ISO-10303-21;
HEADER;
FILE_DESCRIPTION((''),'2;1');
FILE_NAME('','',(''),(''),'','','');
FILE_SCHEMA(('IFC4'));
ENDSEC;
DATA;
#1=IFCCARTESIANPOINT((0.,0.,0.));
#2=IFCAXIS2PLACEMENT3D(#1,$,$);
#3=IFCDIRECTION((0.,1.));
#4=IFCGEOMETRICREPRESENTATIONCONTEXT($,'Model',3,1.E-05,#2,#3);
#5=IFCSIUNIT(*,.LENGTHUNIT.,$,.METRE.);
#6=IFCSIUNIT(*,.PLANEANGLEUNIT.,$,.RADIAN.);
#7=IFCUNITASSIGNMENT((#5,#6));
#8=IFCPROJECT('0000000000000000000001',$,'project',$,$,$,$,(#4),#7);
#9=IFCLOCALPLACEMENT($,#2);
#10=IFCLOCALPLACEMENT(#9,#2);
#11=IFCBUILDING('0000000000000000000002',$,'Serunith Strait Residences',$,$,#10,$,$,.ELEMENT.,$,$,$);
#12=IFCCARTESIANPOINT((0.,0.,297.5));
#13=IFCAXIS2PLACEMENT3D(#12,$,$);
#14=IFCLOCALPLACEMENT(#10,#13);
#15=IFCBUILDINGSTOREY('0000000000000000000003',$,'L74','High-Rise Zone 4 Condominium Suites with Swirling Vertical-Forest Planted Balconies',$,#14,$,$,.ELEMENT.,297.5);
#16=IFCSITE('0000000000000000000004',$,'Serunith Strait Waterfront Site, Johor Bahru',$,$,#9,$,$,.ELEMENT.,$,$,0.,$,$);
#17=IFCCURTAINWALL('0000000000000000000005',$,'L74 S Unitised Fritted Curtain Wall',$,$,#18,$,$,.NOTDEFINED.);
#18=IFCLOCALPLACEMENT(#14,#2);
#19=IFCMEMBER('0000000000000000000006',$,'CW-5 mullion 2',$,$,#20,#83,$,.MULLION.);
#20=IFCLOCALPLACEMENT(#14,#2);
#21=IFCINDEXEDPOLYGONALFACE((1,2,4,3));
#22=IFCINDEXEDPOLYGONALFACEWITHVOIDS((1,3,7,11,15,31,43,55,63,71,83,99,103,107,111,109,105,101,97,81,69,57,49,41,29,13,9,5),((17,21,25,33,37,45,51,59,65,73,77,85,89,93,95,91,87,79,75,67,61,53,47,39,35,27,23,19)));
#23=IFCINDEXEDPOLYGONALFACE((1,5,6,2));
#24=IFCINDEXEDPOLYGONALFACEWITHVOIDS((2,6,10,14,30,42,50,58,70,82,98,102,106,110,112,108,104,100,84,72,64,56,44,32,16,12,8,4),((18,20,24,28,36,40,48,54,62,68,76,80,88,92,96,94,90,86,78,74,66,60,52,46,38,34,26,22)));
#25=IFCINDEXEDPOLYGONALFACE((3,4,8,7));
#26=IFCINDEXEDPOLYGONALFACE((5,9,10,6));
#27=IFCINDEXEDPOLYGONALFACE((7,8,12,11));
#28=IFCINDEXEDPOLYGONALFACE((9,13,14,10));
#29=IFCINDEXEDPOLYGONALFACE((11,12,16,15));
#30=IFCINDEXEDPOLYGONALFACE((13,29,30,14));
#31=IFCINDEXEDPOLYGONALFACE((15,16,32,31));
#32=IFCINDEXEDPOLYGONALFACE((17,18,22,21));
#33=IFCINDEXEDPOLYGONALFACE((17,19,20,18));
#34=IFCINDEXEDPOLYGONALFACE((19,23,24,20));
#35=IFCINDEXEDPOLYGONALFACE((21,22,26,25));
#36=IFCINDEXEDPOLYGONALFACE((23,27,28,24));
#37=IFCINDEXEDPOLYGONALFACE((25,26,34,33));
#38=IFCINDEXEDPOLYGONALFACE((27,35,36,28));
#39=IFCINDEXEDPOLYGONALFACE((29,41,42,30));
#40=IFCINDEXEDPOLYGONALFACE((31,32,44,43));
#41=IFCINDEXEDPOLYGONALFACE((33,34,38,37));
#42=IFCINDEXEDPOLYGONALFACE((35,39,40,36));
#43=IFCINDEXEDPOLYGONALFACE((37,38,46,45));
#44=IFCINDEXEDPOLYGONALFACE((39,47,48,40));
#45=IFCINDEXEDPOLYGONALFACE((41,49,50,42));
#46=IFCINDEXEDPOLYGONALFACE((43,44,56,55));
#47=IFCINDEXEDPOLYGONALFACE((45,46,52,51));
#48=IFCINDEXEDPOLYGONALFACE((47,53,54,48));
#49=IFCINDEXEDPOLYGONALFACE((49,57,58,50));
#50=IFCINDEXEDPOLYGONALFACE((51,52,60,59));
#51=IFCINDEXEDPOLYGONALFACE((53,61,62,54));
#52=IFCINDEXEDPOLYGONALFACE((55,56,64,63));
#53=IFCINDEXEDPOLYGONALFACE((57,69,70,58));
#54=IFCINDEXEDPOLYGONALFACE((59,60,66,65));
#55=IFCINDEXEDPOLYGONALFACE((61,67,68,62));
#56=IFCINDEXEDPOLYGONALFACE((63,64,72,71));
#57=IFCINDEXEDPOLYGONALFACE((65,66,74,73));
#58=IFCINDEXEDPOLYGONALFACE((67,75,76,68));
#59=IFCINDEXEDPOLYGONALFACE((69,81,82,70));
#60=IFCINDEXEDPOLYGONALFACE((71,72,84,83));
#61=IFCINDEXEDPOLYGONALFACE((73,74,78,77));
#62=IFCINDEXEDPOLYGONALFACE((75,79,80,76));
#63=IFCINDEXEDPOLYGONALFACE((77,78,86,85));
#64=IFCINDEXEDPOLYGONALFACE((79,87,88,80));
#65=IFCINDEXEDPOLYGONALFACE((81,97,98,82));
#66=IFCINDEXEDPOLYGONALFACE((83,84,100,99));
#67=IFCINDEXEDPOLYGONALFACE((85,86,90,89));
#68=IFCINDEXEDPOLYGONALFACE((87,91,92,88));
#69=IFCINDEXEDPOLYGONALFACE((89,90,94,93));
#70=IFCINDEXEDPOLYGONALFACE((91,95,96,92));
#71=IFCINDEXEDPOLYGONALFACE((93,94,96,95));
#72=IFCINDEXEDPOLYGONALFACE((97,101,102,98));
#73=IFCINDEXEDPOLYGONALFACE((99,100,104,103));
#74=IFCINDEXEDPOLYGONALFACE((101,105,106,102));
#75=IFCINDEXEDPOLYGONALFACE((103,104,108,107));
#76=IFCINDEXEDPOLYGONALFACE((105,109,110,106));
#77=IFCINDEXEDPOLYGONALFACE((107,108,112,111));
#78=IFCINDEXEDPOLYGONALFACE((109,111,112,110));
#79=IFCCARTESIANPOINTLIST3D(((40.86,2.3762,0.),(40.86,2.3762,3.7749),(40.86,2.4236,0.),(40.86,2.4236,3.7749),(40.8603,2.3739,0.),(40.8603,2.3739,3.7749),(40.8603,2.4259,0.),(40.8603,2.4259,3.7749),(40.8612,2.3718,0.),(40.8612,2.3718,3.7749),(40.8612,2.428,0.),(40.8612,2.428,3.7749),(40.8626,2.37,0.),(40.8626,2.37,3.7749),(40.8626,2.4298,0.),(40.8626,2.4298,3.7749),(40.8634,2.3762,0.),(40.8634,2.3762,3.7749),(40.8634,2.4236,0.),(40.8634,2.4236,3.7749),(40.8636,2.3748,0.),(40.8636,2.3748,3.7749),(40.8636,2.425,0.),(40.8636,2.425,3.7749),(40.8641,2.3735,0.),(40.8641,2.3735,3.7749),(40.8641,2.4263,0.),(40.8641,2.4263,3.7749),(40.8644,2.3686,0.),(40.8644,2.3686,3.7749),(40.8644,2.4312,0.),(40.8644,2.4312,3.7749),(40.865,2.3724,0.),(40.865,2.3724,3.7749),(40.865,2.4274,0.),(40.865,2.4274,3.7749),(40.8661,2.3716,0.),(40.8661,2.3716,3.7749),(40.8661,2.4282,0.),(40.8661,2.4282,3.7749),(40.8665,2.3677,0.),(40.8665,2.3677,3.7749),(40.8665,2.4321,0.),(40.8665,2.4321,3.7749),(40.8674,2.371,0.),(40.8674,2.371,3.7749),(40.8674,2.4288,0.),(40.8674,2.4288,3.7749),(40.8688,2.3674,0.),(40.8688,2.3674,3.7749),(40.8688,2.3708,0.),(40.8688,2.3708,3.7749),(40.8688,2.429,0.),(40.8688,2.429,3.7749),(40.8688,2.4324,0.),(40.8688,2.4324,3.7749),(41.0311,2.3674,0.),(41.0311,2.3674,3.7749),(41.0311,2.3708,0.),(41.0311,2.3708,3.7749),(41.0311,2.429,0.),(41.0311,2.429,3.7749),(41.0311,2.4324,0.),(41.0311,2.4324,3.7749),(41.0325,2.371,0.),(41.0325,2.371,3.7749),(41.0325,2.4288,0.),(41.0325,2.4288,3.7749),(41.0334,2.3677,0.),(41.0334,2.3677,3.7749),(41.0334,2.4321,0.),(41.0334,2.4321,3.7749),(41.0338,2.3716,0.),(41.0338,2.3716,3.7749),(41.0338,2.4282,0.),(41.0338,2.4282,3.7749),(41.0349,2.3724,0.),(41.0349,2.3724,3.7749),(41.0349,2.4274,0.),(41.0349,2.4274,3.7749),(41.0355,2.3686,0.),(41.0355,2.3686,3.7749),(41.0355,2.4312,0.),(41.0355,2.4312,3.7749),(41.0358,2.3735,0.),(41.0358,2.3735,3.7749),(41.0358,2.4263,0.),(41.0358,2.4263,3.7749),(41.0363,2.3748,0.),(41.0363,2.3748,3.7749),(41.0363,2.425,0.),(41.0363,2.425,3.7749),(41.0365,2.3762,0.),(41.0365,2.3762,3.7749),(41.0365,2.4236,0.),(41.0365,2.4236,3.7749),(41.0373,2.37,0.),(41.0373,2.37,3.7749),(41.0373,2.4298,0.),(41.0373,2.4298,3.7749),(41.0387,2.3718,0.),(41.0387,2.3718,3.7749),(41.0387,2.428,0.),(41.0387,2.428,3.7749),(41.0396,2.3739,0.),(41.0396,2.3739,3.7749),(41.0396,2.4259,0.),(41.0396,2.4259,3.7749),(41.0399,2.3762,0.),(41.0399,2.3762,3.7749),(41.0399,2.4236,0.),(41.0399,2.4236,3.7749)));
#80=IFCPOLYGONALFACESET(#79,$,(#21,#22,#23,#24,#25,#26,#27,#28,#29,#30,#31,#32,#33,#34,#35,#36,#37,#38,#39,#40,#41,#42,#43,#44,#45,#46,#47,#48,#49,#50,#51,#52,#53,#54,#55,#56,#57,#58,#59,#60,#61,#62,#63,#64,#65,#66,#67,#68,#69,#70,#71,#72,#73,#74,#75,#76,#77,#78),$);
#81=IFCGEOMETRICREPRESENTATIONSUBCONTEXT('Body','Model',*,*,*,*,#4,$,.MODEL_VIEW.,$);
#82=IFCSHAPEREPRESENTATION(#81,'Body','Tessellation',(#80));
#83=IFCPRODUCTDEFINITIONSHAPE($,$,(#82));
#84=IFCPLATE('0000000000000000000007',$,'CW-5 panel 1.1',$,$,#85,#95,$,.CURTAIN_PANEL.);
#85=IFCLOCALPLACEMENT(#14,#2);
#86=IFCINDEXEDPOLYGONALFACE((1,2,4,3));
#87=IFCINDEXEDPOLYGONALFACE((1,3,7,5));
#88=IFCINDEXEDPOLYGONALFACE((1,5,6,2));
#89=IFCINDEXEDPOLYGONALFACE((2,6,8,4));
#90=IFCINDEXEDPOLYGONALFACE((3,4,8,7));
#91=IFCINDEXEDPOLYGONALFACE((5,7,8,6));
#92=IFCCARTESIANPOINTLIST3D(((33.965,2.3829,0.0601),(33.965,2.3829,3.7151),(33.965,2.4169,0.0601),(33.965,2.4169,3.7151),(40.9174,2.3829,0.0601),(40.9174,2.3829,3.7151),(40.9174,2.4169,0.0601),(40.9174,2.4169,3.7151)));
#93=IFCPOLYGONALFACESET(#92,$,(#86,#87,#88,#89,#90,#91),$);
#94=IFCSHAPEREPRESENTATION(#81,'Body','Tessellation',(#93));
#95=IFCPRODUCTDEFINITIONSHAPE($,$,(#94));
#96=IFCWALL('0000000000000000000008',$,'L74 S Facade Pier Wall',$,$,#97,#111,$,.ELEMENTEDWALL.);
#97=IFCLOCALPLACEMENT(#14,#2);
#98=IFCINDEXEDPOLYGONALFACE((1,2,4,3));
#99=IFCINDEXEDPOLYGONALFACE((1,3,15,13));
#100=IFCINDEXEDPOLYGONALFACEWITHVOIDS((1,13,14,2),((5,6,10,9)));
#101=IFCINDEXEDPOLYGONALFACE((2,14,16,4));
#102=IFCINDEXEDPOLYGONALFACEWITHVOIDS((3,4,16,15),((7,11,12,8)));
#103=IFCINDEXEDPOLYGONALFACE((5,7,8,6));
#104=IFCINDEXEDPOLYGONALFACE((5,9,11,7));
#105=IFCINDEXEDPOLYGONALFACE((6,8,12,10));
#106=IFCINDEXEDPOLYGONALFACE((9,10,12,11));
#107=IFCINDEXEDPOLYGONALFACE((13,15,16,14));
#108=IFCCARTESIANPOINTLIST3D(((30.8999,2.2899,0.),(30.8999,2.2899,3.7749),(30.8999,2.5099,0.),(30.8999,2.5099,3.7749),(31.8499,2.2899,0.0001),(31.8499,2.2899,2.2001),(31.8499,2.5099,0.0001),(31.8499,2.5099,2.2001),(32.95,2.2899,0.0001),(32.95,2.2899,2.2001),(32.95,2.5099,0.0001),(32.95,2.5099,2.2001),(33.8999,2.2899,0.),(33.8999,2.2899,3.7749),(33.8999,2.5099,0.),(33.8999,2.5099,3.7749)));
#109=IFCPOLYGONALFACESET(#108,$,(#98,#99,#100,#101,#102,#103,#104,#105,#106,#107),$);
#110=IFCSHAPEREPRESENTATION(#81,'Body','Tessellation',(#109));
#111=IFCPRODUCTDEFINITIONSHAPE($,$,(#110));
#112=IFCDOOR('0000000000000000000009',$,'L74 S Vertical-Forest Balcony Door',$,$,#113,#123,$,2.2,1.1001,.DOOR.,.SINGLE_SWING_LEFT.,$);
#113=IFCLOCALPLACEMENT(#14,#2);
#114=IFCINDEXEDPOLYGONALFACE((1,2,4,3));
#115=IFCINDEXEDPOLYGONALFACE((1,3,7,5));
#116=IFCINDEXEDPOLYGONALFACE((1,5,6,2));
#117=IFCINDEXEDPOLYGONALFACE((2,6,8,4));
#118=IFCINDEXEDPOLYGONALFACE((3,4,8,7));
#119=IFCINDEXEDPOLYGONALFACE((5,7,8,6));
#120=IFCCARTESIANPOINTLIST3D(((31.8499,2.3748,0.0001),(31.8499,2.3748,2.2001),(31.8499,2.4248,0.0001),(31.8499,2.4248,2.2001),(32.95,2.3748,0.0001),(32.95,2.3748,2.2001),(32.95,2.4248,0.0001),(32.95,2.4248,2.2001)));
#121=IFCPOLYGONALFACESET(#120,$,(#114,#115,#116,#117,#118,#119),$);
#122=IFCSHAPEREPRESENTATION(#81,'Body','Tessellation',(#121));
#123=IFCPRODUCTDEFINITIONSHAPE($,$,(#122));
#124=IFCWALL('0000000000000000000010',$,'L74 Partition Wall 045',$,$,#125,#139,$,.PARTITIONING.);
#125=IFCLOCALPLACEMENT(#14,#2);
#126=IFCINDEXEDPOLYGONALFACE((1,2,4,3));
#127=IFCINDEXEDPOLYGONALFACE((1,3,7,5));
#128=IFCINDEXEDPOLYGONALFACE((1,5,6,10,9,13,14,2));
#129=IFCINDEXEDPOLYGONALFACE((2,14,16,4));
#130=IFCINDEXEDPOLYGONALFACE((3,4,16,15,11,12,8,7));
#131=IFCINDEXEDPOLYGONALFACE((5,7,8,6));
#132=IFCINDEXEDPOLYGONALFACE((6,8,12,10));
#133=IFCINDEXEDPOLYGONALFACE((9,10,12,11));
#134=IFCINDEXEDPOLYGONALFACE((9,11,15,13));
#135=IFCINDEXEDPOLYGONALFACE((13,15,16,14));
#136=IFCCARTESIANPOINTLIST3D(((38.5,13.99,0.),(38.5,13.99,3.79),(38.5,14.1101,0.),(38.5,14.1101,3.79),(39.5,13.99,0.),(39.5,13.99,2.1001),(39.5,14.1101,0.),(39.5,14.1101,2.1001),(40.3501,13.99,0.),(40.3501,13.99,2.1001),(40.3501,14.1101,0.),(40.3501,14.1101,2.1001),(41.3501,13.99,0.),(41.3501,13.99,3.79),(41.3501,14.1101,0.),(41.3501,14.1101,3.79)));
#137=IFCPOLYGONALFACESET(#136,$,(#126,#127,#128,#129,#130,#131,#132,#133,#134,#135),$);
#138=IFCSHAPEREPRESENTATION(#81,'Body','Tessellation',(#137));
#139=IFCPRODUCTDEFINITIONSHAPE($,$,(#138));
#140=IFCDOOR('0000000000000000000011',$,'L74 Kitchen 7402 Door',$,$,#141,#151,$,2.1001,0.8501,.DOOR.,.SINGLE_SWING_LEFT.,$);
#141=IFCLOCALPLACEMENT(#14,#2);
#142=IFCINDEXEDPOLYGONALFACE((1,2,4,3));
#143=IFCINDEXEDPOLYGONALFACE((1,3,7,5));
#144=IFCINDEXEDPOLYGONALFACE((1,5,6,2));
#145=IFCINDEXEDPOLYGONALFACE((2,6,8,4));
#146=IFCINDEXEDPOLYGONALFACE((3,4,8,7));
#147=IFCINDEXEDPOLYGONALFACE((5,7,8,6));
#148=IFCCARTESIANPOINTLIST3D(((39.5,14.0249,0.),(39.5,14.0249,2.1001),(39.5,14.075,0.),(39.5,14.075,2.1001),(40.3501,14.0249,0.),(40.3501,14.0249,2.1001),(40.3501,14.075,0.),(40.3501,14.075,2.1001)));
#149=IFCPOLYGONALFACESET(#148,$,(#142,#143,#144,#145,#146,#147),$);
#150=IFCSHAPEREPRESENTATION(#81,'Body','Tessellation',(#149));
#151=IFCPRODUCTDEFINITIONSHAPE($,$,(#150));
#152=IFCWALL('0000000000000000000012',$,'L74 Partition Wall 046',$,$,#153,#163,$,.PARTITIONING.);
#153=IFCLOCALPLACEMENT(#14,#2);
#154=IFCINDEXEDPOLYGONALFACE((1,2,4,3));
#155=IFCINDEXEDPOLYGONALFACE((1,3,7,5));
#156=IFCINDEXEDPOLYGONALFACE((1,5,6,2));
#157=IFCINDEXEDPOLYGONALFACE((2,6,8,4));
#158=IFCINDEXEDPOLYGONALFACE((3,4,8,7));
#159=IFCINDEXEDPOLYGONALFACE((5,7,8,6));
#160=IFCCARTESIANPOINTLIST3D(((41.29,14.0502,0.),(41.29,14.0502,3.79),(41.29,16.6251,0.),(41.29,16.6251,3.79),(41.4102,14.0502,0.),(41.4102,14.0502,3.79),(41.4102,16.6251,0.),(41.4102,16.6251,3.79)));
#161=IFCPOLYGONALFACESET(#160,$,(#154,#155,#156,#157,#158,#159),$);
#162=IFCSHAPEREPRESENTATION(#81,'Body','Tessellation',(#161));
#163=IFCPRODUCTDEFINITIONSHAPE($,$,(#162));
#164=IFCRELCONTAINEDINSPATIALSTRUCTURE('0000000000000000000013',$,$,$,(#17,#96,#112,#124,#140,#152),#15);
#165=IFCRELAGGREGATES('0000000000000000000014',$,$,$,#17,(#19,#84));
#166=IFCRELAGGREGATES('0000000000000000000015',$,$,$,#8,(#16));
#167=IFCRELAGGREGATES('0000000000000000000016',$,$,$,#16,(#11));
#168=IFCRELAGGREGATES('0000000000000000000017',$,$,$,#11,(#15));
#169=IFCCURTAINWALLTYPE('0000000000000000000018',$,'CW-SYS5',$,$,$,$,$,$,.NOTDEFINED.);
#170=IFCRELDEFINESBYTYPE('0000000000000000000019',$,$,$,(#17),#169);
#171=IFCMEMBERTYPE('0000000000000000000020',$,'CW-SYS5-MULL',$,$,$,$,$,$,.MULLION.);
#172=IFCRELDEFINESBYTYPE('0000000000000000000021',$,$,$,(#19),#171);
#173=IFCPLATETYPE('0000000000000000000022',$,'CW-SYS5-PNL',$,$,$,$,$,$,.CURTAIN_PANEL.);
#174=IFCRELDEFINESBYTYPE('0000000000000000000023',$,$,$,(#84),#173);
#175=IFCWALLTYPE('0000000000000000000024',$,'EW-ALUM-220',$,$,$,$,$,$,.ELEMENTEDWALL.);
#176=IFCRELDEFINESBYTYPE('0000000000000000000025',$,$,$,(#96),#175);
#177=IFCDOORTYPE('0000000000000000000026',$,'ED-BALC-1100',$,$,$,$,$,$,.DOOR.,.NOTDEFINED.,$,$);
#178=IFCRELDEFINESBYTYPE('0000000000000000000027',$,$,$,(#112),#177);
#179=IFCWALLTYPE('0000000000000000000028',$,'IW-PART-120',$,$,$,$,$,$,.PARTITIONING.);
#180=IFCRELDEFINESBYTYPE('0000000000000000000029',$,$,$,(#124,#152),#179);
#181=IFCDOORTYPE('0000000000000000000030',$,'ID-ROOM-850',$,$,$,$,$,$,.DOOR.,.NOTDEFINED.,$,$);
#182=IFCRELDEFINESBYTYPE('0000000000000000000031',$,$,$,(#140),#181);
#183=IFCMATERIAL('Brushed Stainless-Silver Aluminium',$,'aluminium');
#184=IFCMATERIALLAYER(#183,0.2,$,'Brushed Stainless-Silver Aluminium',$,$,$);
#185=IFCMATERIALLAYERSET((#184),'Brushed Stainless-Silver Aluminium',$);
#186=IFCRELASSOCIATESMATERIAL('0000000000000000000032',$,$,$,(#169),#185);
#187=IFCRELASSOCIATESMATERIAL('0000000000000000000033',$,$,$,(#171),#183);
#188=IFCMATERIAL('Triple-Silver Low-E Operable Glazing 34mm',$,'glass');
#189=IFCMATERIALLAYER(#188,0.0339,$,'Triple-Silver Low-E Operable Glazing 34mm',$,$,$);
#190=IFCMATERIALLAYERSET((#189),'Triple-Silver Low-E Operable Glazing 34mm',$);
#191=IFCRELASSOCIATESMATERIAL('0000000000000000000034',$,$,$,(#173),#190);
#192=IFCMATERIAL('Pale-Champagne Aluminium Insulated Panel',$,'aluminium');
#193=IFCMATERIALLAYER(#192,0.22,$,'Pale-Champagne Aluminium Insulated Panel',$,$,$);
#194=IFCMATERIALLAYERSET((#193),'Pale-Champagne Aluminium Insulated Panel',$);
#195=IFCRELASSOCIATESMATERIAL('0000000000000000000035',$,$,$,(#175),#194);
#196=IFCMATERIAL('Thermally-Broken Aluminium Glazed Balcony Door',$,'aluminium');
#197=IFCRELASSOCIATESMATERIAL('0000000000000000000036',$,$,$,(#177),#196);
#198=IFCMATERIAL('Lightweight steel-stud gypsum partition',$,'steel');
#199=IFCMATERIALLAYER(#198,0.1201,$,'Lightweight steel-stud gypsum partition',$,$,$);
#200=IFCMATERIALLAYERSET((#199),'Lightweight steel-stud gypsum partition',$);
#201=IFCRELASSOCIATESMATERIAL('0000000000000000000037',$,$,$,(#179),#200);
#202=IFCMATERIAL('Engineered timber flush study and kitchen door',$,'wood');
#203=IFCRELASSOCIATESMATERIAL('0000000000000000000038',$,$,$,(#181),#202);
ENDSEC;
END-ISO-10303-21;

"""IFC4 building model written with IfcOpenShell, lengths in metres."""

from ifc_helpers import new_model, si_unit, direction, frame, frame_2d, origin, origin_2d, place, context, subcontext, project, spatial, rectangle, hollow_rectangle, extrude, source, transform, mapped, material, layer, layer_set, material_profile, profile_set, type_object, element, fill, aggregate, save


model = new_model("IFC4")

# Units and contexts
model_context = context("Model", 3, precision=1e-05, world=origin(), true_north=direction((0.0, 1.0)))
body_context = subcontext(model_context, "Body", "Model", "MODEL_VIEW")
ifc_project = project(units=[si_unit("LENGTHUNIT", "METRE"), si_unit("PLANEANGLEUNIT", "RADIAN")], contexts=[model_context])

# Site, building, storey
site_placement = place(None, origin())
site = spatial("IfcSite", under=ifc_project, at=site_placement, Name="Serunith Strait Waterfront Site, Johor Bahru", CompositionType="ELEMENT", RefElevation=0.0)
building_placement = place(site_placement, origin())
building = spatial("IfcBuilding", under=site, at=building_placement, Name="Serunith Strait Residences", CompositionType="ELEMENT")
storey_placement = place(building_placement, frame((0.0, 0.0, 297.5)))
storey = spatial("IfcBuildingStorey", under=building, at=storey_placement, Name="L74", Description="High-Rise Zone 4 Condominium Suites with Swirling Vertical-Forest Planted Balconies", CompositionType="ELEMENT", Elevation=297.5)

# Curtain wall
ifc_material_1 = material(Name="Brushed Stainless-Silver Aluminium", Category="aluminium")
ifc_layer_1 = layer(ifc_material_1, 0.2, Name="Brushed Stainless-Silver Aluminium")
ifc_layer_set_1 = layer_set([ifc_layer_1], Name="Brushed Stainless-Silver Aluminium")
curtain_wall_type = type_object("IfcCurtainWallType", Name="CW-SYS5", PredefinedType="NOTDEFINED", material=ifc_layer_set_1)
curtain_wall_1_placement = place(storey_placement, origin())
curtain_wall_1 = element("IfcCurtainWall", 1, at=curtain_wall_1_placement, inside=storey, type_object=curtain_wall_type, Name="L74 S Unitised Fritted Curtain Wall", PredefinedType="NOTDEFINED")

# Shared definitions
ifc_material_profile_1 = material_profile(ifc_material_1, hollow_rectangle(XDim=0.0649, YDim=0.1799, WallThickness=0.0034, InnerFilletRadius=0.0054, OuterFilletRadius=0.0088, at=origin_2d()), Name="ALU 180x65x3.5")
ifc_profile_set_1 = profile_set([ifc_material_profile_1], Name="Brushed Stainless-Silver Aluminium")
member_type_1 = type_object("IfcMemberType", Name="CW-SYS5-MULL", PredefinedType="MULLION", material=ifc_profile_set_1)
shared_shape_1 = source(origin(), body_context, "Body", "SweptSolid", [
    extrude(hollow_rectangle(XDim=0.0649, YDim=0.1799, WallThickness=0.0034, InnerFilletRadius=0.0054, OuterFilletRadius=0.0088, at=origin_2d()), origin(), (0.0, 0.0, 1.0), 3.7749),
])

# Member
member_1_placement = place(storey_placement, frame((40.95, 2.3999, 0.0), z_axis=(0.0, 0.0, 1.0), x_axis=(0.0, 1.0, 0.0)))
member_1 = element("IfcMember", 2, at=member_1_placement, type_object=member_type_1, Name="CW-5 mullion 2", PredefinedType="MULLION", context=body_context, shape_type="MappedRepresentation", body=[
    mapped(shared_shape_1, transform((0.0, 0.0, 0.0), scale=1.0)),
])

# Plate
ifc_material_2 = material(Name="Triple-Silver Low-E Operable Glazing 34mm", Category="glass")
ifc_layer_2 = layer(ifc_material_2, 0.0339, Name="Triple-Silver Low-E Operable Glazing 34mm")
ifc_layer_set_2 = layer_set([ifc_layer_2], Name="Triple-Silver Low-E Operable Glazing 34mm")
plate_type = type_object("IfcPlateType", Name="CW-SYS5-PNL", PredefinedType="CURTAIN_PANEL", material=ifc_layer_set_2)
shared_shape_2 = source(origin(), body_context, "Body", "SweptSolid", [
    extrude(rectangle(XDim=6.9524, YDim=0.0339, at=origin_2d()), origin(), (0.0, 0.0, 1.0), 3.655),
])
plate_placement = place(storey_placement, frame((37.4412, 2.3999, 0.0601), z_axis=(0.0, 0.0, 1.0), x_axis=(1.0, 0.0, 0.0)))
plate = element("IfcPlate", 3, at=plate_placement, type_object=plate_type, Name="CW-5 panel 1.1", PredefinedType="CURTAIN_PANEL", context=body_context, shape_type="MappedRepresentation", body=[
    mapped(shared_shape_2, transform((0.0, 0.0, 0.0), scale=1.0)),
])
aggregate(curtain_wall_1, [member_1, plate])

# Walls, openings, doors
ifc_material_3 = material(Name="Pale-Champagne Aluminium Insulated Panel", Category="aluminium")
ifc_layer_3 = layer(ifc_material_3, 0.22, Name="Pale-Champagne Aluminium Insulated Panel")
ifc_layer_set_3 = layer_set([ifc_layer_3], Name="Pale-Champagne Aluminium Insulated Panel")
wall_type_1 = type_object("IfcWallType", Name="EW-ALUM-220", PredefinedType="ELEMENTEDWALL", material=ifc_layer_set_3)
wall_1_placement = place(storey_placement, frame((30.8999, 2.3999, 0.0), z_axis=(0.0, 0.0, 1.0), x_axis=(1.0, 0.0, 0.0)))
wall_1 = element("IfcWall", 4, at=wall_1_placement, inside=storey, type_object=wall_type_1, Name="L74 S Facade Pier Wall", PredefinedType="ELEMENTEDWALL", context=body_context, shape_type="SweptSolid", body=[
    extrude(rectangle(XDim=3.0, YDim=0.22, at=frame_2d((1.5, 0.0))), origin(), (0.0, 0.0, 1.0), 3.7749),
])
opening_1_placement = place(wall_1_placement, frame((0.95, 0.0, 0.0)))
opening_1 = element("IfcOpeningElement", 5, at=opening_1_placement, cuts=wall_1, PredefinedType="OPENING", context=body_context, shape_type="SweptSolid", body=[
    extrude(rectangle(XDim=1.1001, YDim=2.2, at=frame_2d((0.55, 1.1001))), frame((0.0, 0.1201, 0.0), z_axis=(0.0, -1.0, 0.0), x_axis=(1.0, 0.0, 0.0)), (0.0, 0.0, 1.0), 0.24),
])
ifc_material_4 = material(Name="Thermally-Broken Aluminium Glazed Balcony Door", Category="aluminium")
door_type_1 = type_object("IfcDoorType", Name="ED-BALC-1100", OperationType="NOTDEFINED", PredefinedType="DOOR", material=ifc_material_4)
shared_shape_3 = source(origin(), body_context, "Body", "SweptSolid", [
    extrude(rectangle(XDim=1.1001, YDim=2.2, at=frame_2d((0.55, 1.1001))), frame((0.0, 0.0249, 0.0), z_axis=(0.0, -1.0, 0.0), x_axis=(1.0, 0.0, 0.0)), (0.0, 0.0, 1.0), 0.05),
])
door_1_placement = place(opening_1_placement, origin())
door_1 = element("IfcDoor", 6, at=door_1_placement, inside=storey, type_object=door_type_1, Name="L74 S Vertical-Forest Balcony Door", OperationType="SINGLE_SWING_LEFT", OverallHeight=2.2, OverallWidth=1.1001, PredefinedType="DOOR", context=body_context, shape_type="MappedRepresentation", body=[
    mapped(shared_shape_3, transform((0.0, 0.0, 0.0), scale=1.0)),
])
fill(opening_1, door_1)
ifc_material_5 = material(Name="Lightweight steel-stud gypsum partition", Category="steel")
ifc_layer_4 = layer(ifc_material_5, 0.1201, Name="Lightweight steel-stud gypsum partition")
ifc_layer_set_4 = layer_set([ifc_layer_4], Name="Lightweight steel-stud gypsum partition")
wall_type_2 = type_object("IfcWallType", Name="IW-PART-120", PredefinedType="PARTITIONING", material=ifc_layer_set_4)
wall_2_placement = place(storey_placement, frame((38.5, 14.05, 0.0), z_axis=(0.0, 0.0, 1.0), x_axis=(1.0, 0.0, 0.0)))
wall_2 = element("IfcWall", 7, at=wall_2_placement, inside=storey, type_object=wall_type_2, Name="L74 Partition Wall 045", PredefinedType="PARTITIONING", context=body_context, shape_type="SweptSolid", body=[
    extrude(rectangle(XDim=2.8501, YDim=0.1201, at=frame_2d((1.425, 0.0))), origin(), (0.0, 0.0, 1.0), 3.79),
])
opening_2_placement = place(wall_2_placement, frame((1.0, 0.0, 0.0)))
opening_2 = element("IfcOpeningElement", 8, at=opening_2_placement, cuts=wall_2, PredefinedType="OPENING", context=body_context, shape_type="SweptSolid", body=[
    extrude(rectangle(XDim=0.8501, YDim=2.1001, at=frame_2d((0.425, 1.05))), frame((0.0, 0.0701, 0.0), z_axis=(0.0, -1.0, 0.0), x_axis=(1.0, 0.0, 0.0)), (0.0, 0.0, 1.0), 0.1401),
])
ifc_material_6 = material(Name="Engineered timber flush study and kitchen door", Category="wood")
door_type_2 = type_object("IfcDoorType", Name="ID-ROOM-850", OperationType="NOTDEFINED", PredefinedType="DOOR", material=ifc_material_6)
shared_shape_4 = source(origin(), body_context, "Body", "SweptSolid", [
    extrude(rectangle(XDim=0.8501, YDim=2.1001, at=frame_2d((0.425, 1.05))), frame((0.0, 0.0249, 0.0), z_axis=(0.0, -1.0, 0.0), x_axis=(1.0, 0.0, 0.0)), (0.0, 0.0, 1.0), 0.05),
])
door_2_placement = place(opening_2_placement, origin())
door_2 = element("IfcDoor", 9, at=door_2_placement, inside=storey, type_object=door_type_2, Name="L74 Kitchen 7402 Door", OperationType="SINGLE_SWING_LEFT", OverallHeight=2.1001, OverallWidth=0.8501, PredefinedType="DOOR", context=body_context, shape_type="MappedRepresentation", body=[
    mapped(shared_shape_4, transform((0.0, 0.0, 0.0), scale=1.0)),
])
fill(opening_2, door_2)

# Wall
wall_3_placement = place(storey_placement, frame((41.3501, 14.05, 0.0), z_axis=(0.0, 0.0, 1.0), x_axis=(0.0, 1.0, 0.0)))
element("IfcWall", 10, at=wall_3_placement, inside=storey, type_object=wall_type_2, Name="L74 Partition Wall 046", PredefinedType="PARTITIONING", context=body_context, shape_type="SweptSolid", body=[
    extrude(rectangle(XDim=2.575, YDim=0.1201, at=frame_2d((1.2876, 0.0))), origin(), (0.0, 0.0, 1.0), 3.79),
])

save(model, "model.ifc")
